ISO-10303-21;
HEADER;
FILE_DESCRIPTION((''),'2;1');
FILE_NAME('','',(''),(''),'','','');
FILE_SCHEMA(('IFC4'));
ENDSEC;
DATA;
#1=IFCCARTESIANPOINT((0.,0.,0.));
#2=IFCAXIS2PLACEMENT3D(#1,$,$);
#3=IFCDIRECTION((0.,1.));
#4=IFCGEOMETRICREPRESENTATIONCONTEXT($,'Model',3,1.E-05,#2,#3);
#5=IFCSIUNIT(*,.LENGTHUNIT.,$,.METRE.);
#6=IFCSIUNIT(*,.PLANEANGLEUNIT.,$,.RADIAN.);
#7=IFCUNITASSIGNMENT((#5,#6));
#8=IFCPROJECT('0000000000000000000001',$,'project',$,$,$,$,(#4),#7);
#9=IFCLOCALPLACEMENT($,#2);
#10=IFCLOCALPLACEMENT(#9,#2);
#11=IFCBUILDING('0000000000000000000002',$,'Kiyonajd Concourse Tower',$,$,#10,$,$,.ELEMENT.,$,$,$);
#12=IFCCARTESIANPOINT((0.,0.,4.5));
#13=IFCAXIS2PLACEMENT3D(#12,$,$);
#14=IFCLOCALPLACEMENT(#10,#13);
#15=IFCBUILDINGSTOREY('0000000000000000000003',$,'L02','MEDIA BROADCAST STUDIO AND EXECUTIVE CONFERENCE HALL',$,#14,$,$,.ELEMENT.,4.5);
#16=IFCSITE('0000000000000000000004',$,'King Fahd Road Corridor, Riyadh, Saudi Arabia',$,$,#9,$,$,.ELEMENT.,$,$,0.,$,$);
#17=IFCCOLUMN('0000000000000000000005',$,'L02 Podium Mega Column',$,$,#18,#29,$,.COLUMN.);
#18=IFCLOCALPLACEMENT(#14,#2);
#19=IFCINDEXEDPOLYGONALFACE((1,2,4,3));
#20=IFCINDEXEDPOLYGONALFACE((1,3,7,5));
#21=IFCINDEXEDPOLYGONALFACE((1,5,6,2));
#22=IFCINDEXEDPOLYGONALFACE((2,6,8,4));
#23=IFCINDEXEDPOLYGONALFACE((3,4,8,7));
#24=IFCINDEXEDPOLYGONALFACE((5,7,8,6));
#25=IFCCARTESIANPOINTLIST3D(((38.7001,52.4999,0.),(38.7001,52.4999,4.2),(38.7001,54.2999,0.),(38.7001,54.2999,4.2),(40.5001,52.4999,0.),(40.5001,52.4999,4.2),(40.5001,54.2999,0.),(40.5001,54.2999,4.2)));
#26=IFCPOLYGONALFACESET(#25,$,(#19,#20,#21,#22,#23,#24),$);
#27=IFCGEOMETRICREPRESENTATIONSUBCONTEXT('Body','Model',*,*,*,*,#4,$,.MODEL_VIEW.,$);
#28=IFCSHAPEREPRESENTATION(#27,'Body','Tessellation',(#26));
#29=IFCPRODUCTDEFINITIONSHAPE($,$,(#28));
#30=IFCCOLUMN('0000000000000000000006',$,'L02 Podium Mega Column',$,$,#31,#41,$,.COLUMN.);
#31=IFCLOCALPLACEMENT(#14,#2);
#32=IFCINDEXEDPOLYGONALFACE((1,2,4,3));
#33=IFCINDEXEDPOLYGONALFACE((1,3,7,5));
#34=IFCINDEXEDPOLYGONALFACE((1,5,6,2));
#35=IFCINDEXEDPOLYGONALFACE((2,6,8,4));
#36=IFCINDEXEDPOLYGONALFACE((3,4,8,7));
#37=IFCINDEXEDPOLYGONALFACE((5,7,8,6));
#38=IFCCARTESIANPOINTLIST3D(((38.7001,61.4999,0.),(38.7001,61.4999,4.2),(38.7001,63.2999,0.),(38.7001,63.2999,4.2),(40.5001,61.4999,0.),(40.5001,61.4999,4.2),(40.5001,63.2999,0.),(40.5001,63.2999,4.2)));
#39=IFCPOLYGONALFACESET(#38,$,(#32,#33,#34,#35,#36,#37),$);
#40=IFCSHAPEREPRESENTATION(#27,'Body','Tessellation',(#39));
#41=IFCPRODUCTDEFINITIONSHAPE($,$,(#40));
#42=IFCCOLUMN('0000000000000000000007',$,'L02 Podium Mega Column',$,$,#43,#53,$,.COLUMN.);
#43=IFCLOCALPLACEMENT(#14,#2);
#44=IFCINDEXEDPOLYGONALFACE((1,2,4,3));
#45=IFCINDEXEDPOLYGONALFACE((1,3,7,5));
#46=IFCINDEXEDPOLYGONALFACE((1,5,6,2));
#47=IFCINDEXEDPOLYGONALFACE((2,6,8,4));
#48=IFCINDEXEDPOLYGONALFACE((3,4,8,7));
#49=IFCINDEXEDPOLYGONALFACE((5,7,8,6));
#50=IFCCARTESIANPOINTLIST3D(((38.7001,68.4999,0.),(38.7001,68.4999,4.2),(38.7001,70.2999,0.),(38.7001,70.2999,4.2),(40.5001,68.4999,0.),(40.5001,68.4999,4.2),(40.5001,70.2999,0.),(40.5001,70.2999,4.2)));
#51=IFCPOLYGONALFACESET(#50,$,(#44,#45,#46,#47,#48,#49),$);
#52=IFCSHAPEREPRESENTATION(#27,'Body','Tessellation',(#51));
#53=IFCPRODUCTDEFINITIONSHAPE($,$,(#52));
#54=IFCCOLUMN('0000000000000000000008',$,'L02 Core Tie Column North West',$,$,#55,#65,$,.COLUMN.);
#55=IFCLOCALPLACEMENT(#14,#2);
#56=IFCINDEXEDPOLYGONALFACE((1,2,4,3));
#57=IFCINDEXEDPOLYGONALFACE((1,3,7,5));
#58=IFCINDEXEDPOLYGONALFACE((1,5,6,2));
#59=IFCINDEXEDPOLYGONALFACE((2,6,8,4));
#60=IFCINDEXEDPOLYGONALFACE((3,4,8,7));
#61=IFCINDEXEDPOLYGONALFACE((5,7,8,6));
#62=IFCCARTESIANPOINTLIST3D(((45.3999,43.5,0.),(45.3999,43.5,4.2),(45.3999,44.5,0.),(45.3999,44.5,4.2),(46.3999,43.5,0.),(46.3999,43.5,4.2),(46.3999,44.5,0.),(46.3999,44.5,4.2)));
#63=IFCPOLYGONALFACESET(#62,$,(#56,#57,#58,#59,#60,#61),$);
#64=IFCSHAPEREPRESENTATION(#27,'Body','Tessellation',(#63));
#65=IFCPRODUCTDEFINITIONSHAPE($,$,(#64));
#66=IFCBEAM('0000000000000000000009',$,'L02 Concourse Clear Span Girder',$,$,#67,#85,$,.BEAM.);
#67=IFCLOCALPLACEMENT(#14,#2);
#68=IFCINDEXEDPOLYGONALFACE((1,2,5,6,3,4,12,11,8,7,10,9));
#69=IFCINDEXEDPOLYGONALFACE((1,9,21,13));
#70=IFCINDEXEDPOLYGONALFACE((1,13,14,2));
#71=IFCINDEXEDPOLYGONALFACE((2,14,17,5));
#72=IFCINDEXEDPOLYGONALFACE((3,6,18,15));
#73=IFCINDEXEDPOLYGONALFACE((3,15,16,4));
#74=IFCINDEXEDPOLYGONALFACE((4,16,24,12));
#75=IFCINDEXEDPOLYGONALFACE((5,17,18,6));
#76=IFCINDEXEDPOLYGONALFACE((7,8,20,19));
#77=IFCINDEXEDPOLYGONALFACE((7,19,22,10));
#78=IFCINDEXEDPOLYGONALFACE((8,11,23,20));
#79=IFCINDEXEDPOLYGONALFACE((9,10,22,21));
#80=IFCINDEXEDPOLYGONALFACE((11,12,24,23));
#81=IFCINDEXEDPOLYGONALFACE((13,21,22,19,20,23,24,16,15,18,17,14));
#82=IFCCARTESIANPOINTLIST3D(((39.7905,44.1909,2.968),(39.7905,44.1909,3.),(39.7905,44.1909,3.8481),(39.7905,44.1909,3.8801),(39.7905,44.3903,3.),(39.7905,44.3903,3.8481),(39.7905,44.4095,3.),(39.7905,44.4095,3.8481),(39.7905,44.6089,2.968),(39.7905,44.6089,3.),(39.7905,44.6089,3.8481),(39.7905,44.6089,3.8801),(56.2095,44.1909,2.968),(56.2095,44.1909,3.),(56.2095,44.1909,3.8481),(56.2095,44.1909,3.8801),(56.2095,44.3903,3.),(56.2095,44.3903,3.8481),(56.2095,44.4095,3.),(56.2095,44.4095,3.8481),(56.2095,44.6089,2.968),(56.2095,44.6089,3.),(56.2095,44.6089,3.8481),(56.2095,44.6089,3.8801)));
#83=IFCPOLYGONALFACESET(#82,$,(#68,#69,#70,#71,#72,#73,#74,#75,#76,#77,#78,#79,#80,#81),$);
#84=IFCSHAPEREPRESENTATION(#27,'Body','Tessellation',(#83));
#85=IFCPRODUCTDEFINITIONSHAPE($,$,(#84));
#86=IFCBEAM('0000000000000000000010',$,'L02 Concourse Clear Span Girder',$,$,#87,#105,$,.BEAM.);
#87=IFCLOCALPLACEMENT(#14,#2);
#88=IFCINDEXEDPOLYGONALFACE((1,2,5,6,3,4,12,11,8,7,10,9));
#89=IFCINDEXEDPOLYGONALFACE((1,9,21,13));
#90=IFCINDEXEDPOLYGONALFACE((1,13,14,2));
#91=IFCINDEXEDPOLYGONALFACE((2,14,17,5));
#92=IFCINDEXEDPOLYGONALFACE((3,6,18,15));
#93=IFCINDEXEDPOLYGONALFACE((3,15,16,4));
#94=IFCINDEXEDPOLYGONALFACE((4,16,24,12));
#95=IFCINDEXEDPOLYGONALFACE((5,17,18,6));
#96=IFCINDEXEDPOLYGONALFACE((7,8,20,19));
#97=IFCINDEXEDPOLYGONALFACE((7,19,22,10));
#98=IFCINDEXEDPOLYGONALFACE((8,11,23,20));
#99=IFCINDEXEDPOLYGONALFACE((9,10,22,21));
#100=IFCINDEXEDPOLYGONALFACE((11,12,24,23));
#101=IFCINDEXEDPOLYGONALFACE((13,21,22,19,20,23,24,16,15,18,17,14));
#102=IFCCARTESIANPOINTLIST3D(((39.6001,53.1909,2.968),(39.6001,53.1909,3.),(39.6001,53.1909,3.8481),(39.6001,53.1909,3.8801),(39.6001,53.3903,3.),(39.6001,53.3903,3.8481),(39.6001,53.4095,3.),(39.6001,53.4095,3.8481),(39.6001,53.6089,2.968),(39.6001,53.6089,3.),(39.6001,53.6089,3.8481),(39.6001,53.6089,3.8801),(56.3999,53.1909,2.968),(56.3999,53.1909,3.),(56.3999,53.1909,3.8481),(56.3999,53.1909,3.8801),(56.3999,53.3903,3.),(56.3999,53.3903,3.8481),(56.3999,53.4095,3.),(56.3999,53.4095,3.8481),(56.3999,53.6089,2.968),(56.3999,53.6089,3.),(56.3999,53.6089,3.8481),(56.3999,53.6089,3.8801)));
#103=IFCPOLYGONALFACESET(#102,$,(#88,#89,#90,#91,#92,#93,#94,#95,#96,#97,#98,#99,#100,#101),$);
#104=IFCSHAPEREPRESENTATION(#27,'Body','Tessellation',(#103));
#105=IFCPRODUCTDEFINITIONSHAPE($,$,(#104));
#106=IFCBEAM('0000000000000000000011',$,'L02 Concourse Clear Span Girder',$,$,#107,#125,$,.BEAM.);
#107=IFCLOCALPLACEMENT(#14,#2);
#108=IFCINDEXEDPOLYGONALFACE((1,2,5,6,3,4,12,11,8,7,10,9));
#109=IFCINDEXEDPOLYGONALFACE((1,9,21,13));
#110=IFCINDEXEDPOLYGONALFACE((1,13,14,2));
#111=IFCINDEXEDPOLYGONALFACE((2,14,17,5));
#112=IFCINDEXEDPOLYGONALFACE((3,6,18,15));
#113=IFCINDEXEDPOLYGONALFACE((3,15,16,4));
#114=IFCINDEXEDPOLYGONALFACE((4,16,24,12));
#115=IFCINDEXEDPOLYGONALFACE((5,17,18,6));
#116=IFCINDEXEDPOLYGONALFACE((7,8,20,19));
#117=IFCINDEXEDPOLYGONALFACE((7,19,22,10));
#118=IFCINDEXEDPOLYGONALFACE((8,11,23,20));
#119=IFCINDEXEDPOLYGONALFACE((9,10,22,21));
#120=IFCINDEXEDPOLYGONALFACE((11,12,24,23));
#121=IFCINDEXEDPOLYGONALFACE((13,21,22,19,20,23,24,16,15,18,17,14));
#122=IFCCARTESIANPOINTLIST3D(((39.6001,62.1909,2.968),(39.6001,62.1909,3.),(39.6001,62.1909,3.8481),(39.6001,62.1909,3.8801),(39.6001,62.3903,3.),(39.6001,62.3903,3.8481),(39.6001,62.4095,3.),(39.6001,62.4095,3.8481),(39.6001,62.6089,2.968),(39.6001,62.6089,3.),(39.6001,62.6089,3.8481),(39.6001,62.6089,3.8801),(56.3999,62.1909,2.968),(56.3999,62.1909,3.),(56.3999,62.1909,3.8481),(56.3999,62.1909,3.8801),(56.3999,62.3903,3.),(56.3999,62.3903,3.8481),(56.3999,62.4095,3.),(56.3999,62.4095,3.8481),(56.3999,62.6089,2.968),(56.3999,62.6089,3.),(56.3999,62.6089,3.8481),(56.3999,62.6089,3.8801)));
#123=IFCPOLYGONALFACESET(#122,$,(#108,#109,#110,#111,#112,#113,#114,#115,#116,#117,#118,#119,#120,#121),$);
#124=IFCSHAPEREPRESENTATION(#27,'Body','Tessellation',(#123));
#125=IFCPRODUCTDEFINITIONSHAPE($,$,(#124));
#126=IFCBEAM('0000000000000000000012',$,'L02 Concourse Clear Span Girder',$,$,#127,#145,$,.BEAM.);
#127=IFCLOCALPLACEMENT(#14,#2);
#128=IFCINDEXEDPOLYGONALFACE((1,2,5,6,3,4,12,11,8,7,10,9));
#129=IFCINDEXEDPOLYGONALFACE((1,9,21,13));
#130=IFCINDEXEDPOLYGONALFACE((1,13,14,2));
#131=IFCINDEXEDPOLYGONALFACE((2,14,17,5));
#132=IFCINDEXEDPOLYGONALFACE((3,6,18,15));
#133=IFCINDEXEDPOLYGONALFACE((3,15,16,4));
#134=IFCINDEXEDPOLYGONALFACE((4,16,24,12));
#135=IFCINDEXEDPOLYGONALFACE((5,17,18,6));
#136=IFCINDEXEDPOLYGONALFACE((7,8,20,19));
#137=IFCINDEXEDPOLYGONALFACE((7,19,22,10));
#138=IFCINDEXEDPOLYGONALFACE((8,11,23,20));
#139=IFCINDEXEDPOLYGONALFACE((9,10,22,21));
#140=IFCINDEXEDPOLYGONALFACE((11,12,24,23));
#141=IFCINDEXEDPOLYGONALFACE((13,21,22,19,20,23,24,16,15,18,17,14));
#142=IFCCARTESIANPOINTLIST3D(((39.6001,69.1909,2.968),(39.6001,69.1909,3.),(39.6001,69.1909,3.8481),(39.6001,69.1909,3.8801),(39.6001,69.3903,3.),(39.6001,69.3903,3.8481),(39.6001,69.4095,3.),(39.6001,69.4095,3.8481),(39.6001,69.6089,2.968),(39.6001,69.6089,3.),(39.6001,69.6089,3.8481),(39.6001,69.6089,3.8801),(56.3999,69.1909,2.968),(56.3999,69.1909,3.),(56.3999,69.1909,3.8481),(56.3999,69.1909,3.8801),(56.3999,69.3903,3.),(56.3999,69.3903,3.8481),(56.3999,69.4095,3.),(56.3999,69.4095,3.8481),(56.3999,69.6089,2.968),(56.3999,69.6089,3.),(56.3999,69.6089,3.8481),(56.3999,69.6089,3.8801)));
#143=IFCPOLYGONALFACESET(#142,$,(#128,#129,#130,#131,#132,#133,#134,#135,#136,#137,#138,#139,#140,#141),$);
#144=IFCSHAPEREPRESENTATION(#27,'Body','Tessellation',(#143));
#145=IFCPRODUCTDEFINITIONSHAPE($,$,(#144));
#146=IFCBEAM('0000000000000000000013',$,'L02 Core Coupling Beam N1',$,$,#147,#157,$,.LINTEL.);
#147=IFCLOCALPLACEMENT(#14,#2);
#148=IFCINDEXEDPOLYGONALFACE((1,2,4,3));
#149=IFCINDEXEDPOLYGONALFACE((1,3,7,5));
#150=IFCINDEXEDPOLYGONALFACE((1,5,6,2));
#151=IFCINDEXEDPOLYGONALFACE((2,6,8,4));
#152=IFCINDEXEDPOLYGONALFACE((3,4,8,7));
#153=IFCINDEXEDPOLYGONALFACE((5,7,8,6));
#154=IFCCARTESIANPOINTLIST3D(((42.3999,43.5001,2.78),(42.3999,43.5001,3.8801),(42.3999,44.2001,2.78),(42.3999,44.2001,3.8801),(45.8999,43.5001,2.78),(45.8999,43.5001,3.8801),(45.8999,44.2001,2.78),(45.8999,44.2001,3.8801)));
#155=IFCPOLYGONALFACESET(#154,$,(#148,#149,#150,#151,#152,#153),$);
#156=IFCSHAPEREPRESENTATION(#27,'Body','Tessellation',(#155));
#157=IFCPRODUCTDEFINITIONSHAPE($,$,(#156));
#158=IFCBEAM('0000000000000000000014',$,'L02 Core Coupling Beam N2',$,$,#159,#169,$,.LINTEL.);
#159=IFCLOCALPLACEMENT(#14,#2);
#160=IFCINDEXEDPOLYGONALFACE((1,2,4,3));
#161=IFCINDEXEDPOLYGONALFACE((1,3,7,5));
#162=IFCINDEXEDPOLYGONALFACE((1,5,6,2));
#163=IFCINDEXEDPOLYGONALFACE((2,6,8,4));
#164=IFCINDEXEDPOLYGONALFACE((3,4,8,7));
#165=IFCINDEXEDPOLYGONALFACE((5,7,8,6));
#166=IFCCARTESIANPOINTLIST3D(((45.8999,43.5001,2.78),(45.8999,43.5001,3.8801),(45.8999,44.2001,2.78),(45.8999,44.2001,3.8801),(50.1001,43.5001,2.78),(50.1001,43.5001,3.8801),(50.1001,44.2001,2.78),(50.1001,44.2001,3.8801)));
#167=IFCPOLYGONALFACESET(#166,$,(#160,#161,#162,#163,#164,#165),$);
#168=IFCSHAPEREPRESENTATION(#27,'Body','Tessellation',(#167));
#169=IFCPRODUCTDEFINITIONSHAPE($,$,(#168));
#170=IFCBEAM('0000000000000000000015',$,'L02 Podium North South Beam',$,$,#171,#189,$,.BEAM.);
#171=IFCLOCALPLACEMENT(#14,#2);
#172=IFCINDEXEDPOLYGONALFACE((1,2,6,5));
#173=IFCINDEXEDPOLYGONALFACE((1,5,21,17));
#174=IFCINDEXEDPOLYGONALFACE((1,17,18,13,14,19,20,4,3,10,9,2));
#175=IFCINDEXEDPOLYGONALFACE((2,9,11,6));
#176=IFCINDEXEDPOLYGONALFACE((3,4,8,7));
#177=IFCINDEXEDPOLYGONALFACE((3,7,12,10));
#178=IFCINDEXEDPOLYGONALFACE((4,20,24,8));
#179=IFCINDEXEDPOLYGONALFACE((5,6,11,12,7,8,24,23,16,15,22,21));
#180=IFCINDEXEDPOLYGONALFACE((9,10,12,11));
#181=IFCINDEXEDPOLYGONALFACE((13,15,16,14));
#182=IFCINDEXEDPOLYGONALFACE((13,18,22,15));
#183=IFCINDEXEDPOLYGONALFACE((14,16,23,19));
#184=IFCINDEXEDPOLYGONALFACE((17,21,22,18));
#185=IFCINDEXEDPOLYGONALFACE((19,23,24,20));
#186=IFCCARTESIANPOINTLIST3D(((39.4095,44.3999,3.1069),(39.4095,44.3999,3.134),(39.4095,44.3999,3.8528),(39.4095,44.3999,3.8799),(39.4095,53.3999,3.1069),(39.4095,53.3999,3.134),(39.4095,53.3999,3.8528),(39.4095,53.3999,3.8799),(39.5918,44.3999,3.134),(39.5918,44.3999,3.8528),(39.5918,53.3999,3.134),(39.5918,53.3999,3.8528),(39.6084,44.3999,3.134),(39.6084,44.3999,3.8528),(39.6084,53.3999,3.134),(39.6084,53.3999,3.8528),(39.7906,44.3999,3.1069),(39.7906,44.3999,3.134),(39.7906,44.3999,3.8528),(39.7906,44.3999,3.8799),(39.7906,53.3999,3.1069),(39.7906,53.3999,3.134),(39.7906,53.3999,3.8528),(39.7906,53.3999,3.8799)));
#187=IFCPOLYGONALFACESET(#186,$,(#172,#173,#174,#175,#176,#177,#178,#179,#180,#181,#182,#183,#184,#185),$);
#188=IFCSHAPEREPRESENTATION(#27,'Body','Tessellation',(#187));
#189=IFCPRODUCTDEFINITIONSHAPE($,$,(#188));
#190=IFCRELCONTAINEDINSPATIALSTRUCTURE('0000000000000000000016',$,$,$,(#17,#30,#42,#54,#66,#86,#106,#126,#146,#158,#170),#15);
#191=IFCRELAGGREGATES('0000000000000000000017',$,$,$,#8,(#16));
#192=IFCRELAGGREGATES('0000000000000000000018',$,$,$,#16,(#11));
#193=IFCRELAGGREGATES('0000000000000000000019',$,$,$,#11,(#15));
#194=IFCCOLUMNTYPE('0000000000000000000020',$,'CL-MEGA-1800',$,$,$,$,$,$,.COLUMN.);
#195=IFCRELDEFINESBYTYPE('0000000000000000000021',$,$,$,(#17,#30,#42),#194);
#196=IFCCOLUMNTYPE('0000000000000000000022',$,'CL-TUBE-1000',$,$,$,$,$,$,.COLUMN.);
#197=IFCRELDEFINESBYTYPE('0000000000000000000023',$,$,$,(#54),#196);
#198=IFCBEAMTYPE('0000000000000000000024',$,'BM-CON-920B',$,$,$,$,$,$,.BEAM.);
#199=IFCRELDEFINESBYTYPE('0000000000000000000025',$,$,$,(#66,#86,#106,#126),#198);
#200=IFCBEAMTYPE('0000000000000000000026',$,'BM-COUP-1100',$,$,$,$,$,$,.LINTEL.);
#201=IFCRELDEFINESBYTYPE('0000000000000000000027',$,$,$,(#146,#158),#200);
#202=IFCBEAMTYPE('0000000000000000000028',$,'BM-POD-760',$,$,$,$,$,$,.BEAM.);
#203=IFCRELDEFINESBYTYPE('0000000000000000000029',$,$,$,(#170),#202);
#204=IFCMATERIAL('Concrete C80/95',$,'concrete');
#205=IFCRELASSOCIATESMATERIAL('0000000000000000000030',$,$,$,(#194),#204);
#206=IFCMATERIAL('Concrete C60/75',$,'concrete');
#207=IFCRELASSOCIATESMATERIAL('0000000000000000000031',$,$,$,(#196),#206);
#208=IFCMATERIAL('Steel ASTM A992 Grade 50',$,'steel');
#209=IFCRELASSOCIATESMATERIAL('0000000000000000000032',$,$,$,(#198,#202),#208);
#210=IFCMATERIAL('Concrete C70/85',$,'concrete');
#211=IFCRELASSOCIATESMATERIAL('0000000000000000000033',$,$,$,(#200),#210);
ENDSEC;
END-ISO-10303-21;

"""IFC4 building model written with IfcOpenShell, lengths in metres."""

from ifc_helpers import new_model, si_unit, direction, frame, origin, origin_2d, place, context, subcontext, project, spatial, rectangle, i_section, extrude, material, material_profile, profile_set, type_object, element, save


model = new_model("IFC4")

# Units and contexts
model_context = context("Model", 3, precision=1e-05, world=origin(), true_north=direction((0.0, 1.0)))
body_context = subcontext(model_context, "Body", "Model", "MODEL_VIEW")
ifc_project = project(units=[si_unit("LENGTHUNIT", "METRE"), si_unit("PLANEANGLEUNIT", "RADIAN")], contexts=[model_context])

# Site, building, storey
site_placement = place(None, origin())
site = spatial("IfcSite", under=ifc_project, at=site_placement, Name="King Fahd Road Corridor, Riyadh, Saudi Arabia", CompositionType="ELEMENT", RefElevation=0.0)
building_placement = place(site_placement, origin())
building = spatial("IfcBuilding", under=site, at=building_placement, Name="Kiyonajd Concourse Tower", CompositionType="ELEMENT")
storey_placement = place(building_placement, frame((0.0, 0.0, 4.5)))
storey = spatial("IfcBuildingStorey", under=building, at=storey_placement, Name="L02", Description="MEDIA BROADCAST STUDIO AND EXECUTIVE CONFERENCE HALL", CompositionType="ELEMENT", Elevation=4.5)

# Columns
ifc_material_1 = material(Name="Concrete C80/95", Category="concrete")
ifc_material_profile_1 = material_profile(ifc_material_1, rectangle(XDim=1.8, YDim=1.8, at=origin_2d()), Name="RC-1800x1800")
ifc_profile_set_1 = profile_set([ifc_material_profile_1], Name="Concrete C80/95")
column_type_1 = type_object("IfcColumnType", Name="CL-MEGA-1800", PredefinedType="COLUMN", material=ifc_profile_set_1)
for number, where, z_axis, x_axis, name in (
    (1, (39.6001, 53.3999, 0.0), (0.0, 0.0, 1.0), (1.0, 0.0, 0.0), "L02 Podium Mega Column"),
    (2, (39.6001, 62.3999, 0.0), (0.0, 0.0, 1.0), (1.0, 0.0, 0.0), "L02 Podium Mega Column"),
    (3, (39.6001, 69.3999, 0.0), (0.0, 0.0, 1.0), (1.0, 0.0, 0.0), "L02 Podium Mega Column"),
):
    element("IfcColumn", number, at=place(storey_placement, frame(where, z_axis=z_axis, x_axis=x_axis)), inside=storey, type_object=column_type_1, Name=name, PredefinedType="COLUMN", context=body_context, shape_type="SweptSolid", body=[
        extrude(rectangle(XDim=1.8, YDim=1.8, at=origin_2d()), origin(), (0.0, 0.0, 1.0), 4.2),
    ])
ifc_material_2 = material(Name="Concrete C60/75", Category="concrete")
ifc_material_profile_2 = material_profile(ifc_material_2, rectangle(XDim=1.0, YDim=1.0, at=origin_2d()), Name="RC-1000x1000")
ifc_profile_set_2 = profile_set([ifc_material_profile_2], Name="Concrete C60/75")
column_type_2 = type_object("IfcColumnType", Name="CL-TUBE-1000", PredefinedType="COLUMN", material=ifc_profile_set_2)
column_placement = place(storey_placement, frame((45.8999, 44.0, 0.0), z_axis=(0.0, 0.0, 1.0), x_axis=(1.0, 0.0, 0.0)))
element("IfcColumn", 4, at=column_placement, inside=storey, type_object=column_type_2, Name="L02 Core Tie Column North West", PredefinedType="COLUMN", context=body_context, shape_type="SweptSolid", body=[
    extrude(rectangle(XDim=1.0, YDim=1.0, at=origin_2d()), origin(), (0.0, 0.0, 1.0), 4.2),
])

# Beams
ifc_material_3 = material(Name="Steel ASTM A992 Grade 50", Category="steel")
ifc_material_profile_3 = material_profile(ifc_material_3, i_section(OverallWidth=0.418, OverallDepth=0.9121, WebThickness=0.0193, FlangeThickness=0.032, at=origin_2d()), Name="W920X342")
ifc_profile_set_3 = profile_set([ifc_material_profile_3], Name="Steel ASTM A992 Grade 50")
beam_type_1 = type_object("IfcBeamType", Name="BM-CON-920B", PredefinedType="BEAM", material=ifc_profile_set_3)
beam_1_placement = place(storey_placement, frame((39.7905, 44.3999, 3.4241), z_axis=(1.0, 0.0, 0.0), x_axis=(0.0, 1.0, 0.0)))
element("IfcBeam", 5, at=beam_1_placement, inside=storey, type_object=beam_type_1, Name="L02 Concourse Clear Span Girder", PredefinedType="BEAM", context=body_context, shape_type="SweptSolid", body=[
    extrude(i_section(OverallWidth=0.418, OverallDepth=0.9121, WebThickness=0.0193, FlangeThickness=0.032, at=origin_2d()), origin(), (0.0, 0.0, 1.0), 16.4189),
])
for number, where, z_axis, x_axis, name in (
    (6, (39.6001, 53.3999, 3.4241), (1.0, 0.0, 0.0), (0.0, 1.0, 0.0), "L02 Concourse Clear Span Girder"),
    (7, (39.6001, 62.3999, 3.4241), (1.0, 0.0, 0.0), (0.0, 1.0, 0.0), "L02 Concourse Clear Span Girder"),
    (8, (39.6001, 69.3999, 3.4241), (1.0, 0.0, 0.0), (0.0, 1.0, 0.0), "L02 Concourse Clear Span Girder"),
):
    element("IfcBeam", number, at=place(storey_placement, frame(where, z_axis=z_axis, x_axis=x_axis)), inside=storey, type_object=beam_type_1, Name=name, PredefinedType="BEAM", context=body_context, shape_type="SweptSolid", body=[
        extrude(i_section(OverallWidth=0.418, OverallDepth=0.9121, WebThickness=0.0193, FlangeThickness=0.032, at=origin_2d()), origin(), (0.0, 0.0, 1.0), 16.7998),
    ])
ifc_material_4 = material(Name="Concrete C70/85", Category="concrete")
ifc_material_profile_4 = material_profile(ifc_material_4, rectangle(XDim=0.7, YDim=1.1001, at=origin_2d()), Name="RCBM-700x1100")
ifc_profile_set_4 = profile_set([ifc_material_profile_4], Name="Concrete C70/85")
beam_type_2 = type_object("IfcBeamType", Name="BM-COUP-1100", PredefinedType="LINTEL", material=ifc_profile_set_4)
beam_2_placement = place(storey_placement, frame((42.3999, 43.8501, 3.3301), z_axis=(1.0, 0.0, 0.0), x_axis=(0.0, 1.0, 0.0)))
element("IfcBeam", 9, at=beam_2_placement, inside=storey, type_object=beam_type_2, Name="L02 Core Coupling Beam N1", PredefinedType="LINTEL", context=body_context, shape_type="SweptSolid", body=[
    extrude(rectangle(XDim=0.7, YDim=1.1001, at=origin_2d()), origin(), (0.0, 0.0, 1.0), 3.5),
])
beam_3_placement = place(storey_placement, frame((45.8999, 43.8501, 3.3301), z_axis=(1.0, 0.0, 0.0), x_axis=(0.0, 1.0, 0.0)))
element("IfcBeam", 10, at=beam_3_placement, inside=storey, type_object=beam_type_2, Name="L02 Core Coupling Beam N2", PredefinedType="LINTEL", context=body_context, shape_type="SweptSolid", body=[
    extrude(rectangle(XDim=0.7, YDim=1.1001, at=origin_2d()), origin(), (0.0, 0.0, 1.0), 4.2002),
])
ifc_material_profile_5 = material_profile(ifc_material_3, i_section(OverallWidth=0.3811, OverallDepth=0.7729, WebThickness=0.0166, FlangeThickness=0.0271, at=origin_2d()), Name="W760X257")
ifc_profile_set_5 = profile_set([ifc_material_profile_5], Name="Steel ASTM A992 Grade 50")
beam_type_3 = type_object("IfcBeamType", Name="BM-POD-760", PredefinedType="BEAM", material=ifc_profile_set_5)
for number, where, z_axis, x_axis, name in (
    (11, (39.6001, 44.3999, 3.4934), (0.0, 1.0, 0.0), (-1.0, 0.0, 0.0), "L02 Podium North South Beam"),
):
    element("IfcBeam", number, at=place(storey_placement, frame(where, z_axis=z_axis, x_axis=x_axis)), inside=storey, type_object=beam_type_3, Name=name, PredefinedType="BEAM", context=body_context, shape_type="SweptSolid", body=[
        extrude(i_section(OverallWidth=0.3811, OverallDepth=0.7729, WebThickness=0.0166, FlangeThickness=0.0271, at=origin_2d()), origin(), (0.0, 0.0, 1.0), 9.0),
    ])

save(model, "model.ifc")
